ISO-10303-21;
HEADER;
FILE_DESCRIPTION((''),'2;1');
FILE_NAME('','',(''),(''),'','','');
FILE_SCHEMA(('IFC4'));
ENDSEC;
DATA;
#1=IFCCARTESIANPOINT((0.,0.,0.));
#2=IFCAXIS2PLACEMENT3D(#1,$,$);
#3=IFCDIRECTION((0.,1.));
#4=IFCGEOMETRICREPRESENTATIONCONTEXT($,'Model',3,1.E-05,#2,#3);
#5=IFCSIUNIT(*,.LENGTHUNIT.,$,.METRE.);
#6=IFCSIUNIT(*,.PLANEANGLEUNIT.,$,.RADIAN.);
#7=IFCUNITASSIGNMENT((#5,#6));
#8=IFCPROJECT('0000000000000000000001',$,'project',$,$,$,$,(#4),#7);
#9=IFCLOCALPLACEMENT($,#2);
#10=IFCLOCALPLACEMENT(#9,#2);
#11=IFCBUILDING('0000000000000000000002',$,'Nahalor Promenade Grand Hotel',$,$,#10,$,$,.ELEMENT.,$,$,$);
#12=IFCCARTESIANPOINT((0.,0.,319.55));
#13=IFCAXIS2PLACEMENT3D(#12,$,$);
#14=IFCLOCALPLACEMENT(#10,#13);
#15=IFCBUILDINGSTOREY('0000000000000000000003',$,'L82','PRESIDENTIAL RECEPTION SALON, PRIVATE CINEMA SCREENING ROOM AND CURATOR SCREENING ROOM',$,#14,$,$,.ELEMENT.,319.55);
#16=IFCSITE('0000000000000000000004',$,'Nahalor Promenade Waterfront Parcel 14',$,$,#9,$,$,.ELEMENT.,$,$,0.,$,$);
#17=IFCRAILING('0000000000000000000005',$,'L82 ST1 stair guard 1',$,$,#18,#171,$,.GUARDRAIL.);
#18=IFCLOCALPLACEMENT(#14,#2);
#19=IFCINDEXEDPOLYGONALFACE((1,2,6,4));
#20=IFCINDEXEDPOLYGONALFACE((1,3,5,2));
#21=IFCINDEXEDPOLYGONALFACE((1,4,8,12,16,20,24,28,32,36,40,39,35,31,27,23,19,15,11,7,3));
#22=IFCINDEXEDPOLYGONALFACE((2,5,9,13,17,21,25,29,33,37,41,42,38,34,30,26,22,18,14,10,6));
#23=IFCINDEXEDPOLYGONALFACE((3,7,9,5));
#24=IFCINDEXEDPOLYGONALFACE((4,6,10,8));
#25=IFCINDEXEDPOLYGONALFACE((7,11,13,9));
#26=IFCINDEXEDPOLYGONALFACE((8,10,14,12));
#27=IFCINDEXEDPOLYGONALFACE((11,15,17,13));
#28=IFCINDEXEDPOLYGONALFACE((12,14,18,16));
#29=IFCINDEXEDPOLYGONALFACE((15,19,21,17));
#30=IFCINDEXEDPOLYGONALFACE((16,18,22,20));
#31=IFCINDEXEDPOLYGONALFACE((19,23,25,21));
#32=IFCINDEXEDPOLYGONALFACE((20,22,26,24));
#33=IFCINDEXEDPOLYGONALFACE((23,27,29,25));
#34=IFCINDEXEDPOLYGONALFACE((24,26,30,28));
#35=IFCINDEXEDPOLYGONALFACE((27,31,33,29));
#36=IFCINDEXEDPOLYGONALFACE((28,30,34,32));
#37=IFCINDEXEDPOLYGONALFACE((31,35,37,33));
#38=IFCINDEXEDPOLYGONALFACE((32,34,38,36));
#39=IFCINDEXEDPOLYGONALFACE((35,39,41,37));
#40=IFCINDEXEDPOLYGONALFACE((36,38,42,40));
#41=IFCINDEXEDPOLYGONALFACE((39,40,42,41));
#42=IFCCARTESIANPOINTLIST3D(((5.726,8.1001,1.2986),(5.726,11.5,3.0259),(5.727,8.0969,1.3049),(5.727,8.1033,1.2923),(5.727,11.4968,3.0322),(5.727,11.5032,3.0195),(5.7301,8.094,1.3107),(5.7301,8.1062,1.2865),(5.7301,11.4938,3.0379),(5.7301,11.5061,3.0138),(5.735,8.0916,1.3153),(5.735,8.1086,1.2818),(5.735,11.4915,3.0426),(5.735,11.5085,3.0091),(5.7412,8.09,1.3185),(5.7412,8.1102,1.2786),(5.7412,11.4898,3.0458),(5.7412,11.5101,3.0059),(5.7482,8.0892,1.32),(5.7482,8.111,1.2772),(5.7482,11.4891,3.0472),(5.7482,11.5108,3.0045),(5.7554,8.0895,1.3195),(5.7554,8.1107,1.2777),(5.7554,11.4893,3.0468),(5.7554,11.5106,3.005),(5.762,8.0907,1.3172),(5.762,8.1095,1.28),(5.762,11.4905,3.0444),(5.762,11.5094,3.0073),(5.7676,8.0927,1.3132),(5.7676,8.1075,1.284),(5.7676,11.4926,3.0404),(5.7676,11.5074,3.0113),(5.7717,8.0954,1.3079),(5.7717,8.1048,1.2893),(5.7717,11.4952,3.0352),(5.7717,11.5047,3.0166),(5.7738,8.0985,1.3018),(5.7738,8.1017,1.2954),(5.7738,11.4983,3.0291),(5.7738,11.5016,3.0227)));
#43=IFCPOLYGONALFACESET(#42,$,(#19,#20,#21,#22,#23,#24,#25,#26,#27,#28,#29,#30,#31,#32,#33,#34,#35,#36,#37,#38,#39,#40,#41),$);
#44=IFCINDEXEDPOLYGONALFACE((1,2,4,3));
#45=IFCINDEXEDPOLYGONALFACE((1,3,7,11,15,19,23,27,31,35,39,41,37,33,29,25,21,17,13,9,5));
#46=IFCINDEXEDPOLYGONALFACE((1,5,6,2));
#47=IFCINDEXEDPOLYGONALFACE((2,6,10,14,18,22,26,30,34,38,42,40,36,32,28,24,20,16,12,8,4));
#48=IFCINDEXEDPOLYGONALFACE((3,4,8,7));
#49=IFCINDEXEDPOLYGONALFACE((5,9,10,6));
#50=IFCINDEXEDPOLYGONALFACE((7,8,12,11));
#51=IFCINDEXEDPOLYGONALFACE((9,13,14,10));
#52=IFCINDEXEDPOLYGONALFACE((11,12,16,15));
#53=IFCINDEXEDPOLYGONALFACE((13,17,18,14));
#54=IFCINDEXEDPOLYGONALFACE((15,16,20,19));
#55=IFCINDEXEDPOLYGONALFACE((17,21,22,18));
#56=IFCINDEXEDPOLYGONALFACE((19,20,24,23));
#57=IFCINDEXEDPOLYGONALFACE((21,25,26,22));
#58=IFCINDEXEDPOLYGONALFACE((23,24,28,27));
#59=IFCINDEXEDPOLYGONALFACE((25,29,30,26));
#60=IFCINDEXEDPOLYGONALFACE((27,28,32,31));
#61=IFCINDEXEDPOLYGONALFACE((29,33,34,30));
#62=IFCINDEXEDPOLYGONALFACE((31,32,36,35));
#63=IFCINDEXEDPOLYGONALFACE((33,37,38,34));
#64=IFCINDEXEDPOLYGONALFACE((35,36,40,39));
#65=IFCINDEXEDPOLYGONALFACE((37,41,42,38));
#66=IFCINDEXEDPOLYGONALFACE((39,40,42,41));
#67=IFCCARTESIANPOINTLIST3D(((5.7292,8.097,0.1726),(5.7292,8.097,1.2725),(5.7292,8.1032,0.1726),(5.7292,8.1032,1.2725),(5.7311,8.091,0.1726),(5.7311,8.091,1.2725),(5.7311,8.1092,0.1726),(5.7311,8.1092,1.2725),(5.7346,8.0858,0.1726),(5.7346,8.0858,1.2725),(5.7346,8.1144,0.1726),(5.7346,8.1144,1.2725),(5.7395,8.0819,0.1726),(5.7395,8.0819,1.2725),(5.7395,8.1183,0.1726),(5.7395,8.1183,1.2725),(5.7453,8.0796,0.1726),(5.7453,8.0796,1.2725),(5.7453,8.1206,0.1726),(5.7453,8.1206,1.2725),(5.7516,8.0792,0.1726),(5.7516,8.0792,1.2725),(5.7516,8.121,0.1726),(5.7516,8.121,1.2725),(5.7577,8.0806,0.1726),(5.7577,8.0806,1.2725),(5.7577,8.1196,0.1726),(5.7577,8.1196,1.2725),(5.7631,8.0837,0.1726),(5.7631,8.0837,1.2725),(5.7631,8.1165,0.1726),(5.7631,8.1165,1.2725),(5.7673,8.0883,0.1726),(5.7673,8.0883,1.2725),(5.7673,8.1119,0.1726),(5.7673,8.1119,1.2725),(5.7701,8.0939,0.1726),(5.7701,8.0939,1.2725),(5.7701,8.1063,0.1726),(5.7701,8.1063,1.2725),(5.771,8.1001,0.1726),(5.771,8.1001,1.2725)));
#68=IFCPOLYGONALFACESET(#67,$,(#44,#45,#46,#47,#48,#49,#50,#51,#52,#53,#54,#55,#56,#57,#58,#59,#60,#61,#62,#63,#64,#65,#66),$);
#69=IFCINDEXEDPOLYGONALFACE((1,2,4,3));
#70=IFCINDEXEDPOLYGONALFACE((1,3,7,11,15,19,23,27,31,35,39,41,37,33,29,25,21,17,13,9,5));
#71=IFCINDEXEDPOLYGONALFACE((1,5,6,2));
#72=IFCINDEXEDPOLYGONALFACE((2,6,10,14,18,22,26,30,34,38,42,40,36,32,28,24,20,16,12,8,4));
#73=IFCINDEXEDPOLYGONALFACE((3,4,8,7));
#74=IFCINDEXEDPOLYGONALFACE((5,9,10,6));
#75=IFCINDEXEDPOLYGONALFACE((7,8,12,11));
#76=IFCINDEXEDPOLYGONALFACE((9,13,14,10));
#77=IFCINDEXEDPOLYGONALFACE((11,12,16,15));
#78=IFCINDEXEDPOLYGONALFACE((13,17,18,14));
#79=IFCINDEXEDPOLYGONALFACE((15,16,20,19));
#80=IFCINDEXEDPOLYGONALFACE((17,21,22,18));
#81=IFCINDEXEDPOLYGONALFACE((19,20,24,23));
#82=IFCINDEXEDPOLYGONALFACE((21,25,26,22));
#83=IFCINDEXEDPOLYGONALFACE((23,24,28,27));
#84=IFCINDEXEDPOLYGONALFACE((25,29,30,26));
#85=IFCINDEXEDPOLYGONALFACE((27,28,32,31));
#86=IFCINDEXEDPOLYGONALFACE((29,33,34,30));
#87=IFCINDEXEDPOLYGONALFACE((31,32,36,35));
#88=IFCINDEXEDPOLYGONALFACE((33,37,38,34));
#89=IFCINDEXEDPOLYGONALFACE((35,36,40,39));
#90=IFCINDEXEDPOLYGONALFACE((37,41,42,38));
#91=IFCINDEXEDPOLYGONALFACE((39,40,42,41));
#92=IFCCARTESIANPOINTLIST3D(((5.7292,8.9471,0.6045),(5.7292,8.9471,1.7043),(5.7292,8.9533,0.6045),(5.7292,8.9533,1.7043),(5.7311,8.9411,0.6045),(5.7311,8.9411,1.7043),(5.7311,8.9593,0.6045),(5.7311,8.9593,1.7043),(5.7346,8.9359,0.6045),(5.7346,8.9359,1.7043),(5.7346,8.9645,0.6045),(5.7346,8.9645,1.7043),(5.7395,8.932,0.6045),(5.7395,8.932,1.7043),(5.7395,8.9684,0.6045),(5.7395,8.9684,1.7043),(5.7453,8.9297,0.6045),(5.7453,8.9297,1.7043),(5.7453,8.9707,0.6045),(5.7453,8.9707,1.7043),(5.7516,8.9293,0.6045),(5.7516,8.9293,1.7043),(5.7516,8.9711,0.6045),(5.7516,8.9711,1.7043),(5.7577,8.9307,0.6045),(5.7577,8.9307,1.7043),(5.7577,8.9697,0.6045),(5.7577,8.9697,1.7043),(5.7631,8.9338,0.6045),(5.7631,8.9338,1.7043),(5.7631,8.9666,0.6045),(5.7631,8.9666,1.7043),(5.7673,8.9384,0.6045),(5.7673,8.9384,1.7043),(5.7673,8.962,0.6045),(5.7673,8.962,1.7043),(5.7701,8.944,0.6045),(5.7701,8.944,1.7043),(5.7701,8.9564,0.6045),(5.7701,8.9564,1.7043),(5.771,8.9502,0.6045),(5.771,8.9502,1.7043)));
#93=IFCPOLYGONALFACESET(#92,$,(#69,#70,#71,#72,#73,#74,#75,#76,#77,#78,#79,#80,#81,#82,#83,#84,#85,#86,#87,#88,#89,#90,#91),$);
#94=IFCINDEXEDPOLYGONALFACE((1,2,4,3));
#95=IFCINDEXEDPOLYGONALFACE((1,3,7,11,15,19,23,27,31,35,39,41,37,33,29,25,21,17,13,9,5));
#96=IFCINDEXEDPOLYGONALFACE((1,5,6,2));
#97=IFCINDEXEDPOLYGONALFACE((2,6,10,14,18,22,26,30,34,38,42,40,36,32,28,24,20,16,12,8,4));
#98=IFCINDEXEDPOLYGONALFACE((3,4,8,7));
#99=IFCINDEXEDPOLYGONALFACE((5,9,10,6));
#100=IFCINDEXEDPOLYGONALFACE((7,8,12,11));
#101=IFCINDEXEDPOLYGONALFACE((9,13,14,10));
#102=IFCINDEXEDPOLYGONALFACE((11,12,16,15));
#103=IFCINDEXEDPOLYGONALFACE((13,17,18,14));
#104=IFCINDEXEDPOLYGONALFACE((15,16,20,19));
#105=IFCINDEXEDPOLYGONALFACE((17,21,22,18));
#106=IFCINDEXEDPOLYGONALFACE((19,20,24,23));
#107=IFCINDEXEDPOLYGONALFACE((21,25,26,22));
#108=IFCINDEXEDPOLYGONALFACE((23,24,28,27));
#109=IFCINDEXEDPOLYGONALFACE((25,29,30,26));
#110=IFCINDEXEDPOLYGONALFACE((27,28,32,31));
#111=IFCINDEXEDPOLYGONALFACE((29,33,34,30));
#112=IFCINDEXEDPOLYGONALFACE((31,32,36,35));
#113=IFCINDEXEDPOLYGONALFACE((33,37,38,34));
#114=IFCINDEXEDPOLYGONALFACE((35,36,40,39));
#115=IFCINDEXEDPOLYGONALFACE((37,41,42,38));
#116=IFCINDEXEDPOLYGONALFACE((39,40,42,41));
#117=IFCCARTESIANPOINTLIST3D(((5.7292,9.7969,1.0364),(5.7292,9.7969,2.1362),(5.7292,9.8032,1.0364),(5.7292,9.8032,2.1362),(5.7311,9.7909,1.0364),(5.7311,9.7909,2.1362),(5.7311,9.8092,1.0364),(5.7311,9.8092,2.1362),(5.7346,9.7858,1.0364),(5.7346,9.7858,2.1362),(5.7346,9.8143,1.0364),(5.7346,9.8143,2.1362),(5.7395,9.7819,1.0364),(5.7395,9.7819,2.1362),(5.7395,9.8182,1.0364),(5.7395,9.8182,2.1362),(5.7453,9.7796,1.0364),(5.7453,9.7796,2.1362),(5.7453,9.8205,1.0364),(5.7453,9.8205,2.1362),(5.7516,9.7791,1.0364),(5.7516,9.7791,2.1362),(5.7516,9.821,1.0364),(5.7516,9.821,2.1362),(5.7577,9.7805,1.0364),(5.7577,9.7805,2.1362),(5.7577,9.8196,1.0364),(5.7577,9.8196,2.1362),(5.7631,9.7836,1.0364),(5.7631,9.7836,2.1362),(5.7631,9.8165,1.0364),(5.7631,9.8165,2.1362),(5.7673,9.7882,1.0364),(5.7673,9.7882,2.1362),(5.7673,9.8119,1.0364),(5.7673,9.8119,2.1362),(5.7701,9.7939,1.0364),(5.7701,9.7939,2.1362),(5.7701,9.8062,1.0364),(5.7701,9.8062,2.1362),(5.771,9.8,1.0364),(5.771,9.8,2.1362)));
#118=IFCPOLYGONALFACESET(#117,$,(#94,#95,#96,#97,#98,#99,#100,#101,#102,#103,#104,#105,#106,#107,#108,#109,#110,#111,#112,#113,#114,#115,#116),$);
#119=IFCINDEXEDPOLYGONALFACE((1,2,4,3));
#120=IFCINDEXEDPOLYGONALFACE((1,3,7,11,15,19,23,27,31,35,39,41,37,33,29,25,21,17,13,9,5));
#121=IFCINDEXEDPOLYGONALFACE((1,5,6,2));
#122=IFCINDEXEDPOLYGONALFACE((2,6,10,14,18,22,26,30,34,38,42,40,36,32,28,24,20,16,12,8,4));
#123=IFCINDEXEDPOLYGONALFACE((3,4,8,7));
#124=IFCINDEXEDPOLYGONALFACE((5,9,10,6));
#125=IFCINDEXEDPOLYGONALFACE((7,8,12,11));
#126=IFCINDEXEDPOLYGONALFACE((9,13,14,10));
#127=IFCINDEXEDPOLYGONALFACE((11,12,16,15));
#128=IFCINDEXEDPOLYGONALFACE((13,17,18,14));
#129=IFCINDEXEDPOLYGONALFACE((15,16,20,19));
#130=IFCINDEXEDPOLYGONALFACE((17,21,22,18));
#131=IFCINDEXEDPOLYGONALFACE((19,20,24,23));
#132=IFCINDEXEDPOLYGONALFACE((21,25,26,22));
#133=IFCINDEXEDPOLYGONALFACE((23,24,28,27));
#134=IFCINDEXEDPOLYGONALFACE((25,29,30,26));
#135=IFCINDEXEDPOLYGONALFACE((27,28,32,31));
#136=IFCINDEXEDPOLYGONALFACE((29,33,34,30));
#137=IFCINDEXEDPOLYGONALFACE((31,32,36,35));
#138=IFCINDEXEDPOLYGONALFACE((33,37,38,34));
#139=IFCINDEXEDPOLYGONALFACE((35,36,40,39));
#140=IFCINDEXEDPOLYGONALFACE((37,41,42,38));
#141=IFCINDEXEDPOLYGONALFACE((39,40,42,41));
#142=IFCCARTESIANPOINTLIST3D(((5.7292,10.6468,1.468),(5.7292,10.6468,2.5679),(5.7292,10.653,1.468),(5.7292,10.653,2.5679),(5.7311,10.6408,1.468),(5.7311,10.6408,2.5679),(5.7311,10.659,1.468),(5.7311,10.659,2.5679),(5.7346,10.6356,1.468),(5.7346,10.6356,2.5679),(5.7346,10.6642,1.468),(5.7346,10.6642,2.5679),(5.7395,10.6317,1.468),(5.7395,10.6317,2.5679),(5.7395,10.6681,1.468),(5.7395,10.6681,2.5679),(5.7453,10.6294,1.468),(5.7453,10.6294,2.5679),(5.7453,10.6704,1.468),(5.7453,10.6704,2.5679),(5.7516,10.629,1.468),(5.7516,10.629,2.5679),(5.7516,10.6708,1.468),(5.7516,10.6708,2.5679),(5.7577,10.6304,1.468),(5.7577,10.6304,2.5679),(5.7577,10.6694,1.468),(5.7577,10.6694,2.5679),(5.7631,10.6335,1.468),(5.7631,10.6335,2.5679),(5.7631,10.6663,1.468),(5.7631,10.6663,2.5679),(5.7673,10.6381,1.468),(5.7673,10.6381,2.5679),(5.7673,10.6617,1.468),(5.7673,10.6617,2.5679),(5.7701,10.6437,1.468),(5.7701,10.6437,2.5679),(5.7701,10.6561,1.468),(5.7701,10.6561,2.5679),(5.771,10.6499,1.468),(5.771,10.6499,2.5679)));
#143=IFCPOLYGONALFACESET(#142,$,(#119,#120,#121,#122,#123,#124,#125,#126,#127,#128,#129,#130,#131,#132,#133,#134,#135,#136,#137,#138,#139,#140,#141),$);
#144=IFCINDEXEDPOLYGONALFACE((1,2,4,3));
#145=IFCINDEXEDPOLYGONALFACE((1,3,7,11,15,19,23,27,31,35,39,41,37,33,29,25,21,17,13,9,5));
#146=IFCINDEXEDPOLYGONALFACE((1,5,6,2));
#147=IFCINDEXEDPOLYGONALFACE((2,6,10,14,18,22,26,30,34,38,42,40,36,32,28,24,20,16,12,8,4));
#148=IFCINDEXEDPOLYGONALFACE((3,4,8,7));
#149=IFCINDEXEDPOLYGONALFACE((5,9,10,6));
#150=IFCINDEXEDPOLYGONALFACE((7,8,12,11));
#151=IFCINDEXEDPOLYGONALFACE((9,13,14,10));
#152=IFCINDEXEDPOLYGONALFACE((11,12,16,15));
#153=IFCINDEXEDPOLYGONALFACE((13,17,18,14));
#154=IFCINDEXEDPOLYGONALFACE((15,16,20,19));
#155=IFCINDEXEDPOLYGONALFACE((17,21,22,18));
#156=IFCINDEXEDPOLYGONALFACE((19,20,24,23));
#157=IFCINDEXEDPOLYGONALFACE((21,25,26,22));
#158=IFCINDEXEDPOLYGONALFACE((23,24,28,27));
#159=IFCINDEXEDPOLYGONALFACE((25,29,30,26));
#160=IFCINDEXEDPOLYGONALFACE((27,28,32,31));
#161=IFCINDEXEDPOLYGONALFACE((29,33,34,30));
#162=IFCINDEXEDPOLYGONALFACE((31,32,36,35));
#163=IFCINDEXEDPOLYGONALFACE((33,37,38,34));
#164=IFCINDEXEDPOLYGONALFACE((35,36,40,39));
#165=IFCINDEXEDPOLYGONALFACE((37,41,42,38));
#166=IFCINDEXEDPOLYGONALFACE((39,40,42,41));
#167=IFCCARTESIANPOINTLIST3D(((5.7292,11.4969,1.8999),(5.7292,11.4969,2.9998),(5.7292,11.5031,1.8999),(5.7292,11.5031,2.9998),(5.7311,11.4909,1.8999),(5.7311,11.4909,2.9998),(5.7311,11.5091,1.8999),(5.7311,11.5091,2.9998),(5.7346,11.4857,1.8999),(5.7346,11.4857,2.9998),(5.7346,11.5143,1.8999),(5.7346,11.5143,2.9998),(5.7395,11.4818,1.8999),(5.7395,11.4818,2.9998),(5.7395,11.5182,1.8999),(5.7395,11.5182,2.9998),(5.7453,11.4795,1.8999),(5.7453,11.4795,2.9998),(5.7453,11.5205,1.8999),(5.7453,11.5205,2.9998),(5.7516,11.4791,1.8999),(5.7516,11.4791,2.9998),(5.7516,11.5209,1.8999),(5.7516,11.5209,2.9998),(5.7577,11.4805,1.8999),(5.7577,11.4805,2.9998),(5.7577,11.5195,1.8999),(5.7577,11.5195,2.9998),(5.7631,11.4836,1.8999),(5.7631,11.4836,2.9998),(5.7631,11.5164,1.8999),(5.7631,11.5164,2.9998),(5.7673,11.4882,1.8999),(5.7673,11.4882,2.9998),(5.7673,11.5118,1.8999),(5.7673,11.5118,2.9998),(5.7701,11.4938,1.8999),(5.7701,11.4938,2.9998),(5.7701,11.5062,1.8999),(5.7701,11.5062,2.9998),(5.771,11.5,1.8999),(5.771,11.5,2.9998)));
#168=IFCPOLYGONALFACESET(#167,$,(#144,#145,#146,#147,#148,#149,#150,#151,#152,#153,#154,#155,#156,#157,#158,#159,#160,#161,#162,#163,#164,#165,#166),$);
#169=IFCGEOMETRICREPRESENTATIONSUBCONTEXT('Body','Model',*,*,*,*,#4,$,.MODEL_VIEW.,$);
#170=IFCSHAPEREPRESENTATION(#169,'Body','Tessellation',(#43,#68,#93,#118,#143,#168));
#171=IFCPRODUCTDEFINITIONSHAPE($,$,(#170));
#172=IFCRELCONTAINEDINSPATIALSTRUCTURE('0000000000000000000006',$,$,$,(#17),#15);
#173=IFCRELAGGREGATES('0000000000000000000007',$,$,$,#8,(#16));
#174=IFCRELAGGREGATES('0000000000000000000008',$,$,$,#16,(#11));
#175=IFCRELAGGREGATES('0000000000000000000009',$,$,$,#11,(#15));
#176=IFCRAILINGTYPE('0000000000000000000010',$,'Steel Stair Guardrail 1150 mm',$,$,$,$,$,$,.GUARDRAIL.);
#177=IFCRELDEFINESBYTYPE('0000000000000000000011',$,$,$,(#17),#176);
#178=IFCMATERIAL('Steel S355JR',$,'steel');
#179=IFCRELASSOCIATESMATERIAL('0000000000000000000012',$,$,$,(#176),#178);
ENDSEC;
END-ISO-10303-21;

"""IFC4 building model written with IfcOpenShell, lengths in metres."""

from ifc_helpers import new_model, si_unit, direction, frame, origin, origin_2d, place, context, subcontext, project, spatial, circle, extrude, material, type_object, element, save


model = new_model("IFC4")

# Units and contexts
model_context = context("Model", 3, precision=1e-05, world=origin(), true_north=direction((0.0, 1.0)))
body_context = subcontext(model_context, "Body", "Model", "MODEL_VIEW")
ifc_project = project(units=[si_unit("LENGTHUNIT", "METRE"), si_unit("PLANEANGLEUNIT", "RADIAN")], contexts=[model_context])

# Site, building, storey
site_placement = place(None, origin())
site = spatial("IfcSite", under=ifc_project, at=site_placement, Name="Nahalor Promenade Waterfront Parcel 14", CompositionType="ELEMENT", RefElevation=0.0)
building_placement = place(site_placement, origin())
building = spatial("IfcBuilding", under=site, at=building_placement, Name="Nahalor Promenade Grand Hotel", CompositionType="ELEMENT")
storey_placement = place(building_placement, frame((0.0, 0.0, 319.55)))
storey = spatial("IfcBuildingStorey", under=building, at=storey_placement, Name="L82", Description="PRESIDENTIAL RECEPTION SALON, PRIVATE CINEMA SCREENING ROOM AND CURATOR SCREENING ROOM", CompositionType="ELEMENT", Elevation=319.55)

# Shared definitions
ifc_material_1 = material(Name="Steel S355JR", Category="steel")

# Railing
railing_type_1 = type_object("IfcRailingType", Name="Steel Stair Guardrail 1150 mm", PredefinedType="GUARDRAIL", material=ifc_material_1)
railing_1_placement = place(storey_placement, frame((5.75, 8.1001, 0.1726)))
element("IfcRailing", 1, at=railing_1_placement, inside=storey, type_object=railing_type_1, Name="L82 ST1 stair guard 1", PredefinedType="GUARDRAIL", context=body_context, shape_type="SweptSolid", body=[
    extrude(circle(Radius=0.024, at=origin_2d()), frame((0.0, 0.0, 1.126), z_axis=(0.0, 0.891541, 0.452941), x_axis=(-1.0, 0.0, 0.0)), (0.0, 0.0, 1.0), 3.8135),
    extrude(circle(Radius=0.021, at=origin_2d()), origin(), (0.0, 0.0, 1.0), 1.0999),
    extrude(circle(Radius=0.021, at=origin_2d()), frame((0.0, 0.8501, 0.4319)), (0.0, 0.0, 1.0), 1.0999),
    extrude(circle(Radius=0.021, at=origin_2d()), frame((0.0, 1.7, 0.8638)), (0.0, 0.0, 1.0), 1.0999),
    extrude(circle(Radius=0.021, at=origin_2d()), frame((0.0, 2.5498, 1.2954)), (0.0, 0.0, 1.0), 1.0999),
    extrude(circle(Radius=0.021, at=origin_2d()), frame((0.0, 3.3999, 1.7273)), (0.0, 0.0, 1.0), 1.0999),
])

save(model, "model.ifc")
